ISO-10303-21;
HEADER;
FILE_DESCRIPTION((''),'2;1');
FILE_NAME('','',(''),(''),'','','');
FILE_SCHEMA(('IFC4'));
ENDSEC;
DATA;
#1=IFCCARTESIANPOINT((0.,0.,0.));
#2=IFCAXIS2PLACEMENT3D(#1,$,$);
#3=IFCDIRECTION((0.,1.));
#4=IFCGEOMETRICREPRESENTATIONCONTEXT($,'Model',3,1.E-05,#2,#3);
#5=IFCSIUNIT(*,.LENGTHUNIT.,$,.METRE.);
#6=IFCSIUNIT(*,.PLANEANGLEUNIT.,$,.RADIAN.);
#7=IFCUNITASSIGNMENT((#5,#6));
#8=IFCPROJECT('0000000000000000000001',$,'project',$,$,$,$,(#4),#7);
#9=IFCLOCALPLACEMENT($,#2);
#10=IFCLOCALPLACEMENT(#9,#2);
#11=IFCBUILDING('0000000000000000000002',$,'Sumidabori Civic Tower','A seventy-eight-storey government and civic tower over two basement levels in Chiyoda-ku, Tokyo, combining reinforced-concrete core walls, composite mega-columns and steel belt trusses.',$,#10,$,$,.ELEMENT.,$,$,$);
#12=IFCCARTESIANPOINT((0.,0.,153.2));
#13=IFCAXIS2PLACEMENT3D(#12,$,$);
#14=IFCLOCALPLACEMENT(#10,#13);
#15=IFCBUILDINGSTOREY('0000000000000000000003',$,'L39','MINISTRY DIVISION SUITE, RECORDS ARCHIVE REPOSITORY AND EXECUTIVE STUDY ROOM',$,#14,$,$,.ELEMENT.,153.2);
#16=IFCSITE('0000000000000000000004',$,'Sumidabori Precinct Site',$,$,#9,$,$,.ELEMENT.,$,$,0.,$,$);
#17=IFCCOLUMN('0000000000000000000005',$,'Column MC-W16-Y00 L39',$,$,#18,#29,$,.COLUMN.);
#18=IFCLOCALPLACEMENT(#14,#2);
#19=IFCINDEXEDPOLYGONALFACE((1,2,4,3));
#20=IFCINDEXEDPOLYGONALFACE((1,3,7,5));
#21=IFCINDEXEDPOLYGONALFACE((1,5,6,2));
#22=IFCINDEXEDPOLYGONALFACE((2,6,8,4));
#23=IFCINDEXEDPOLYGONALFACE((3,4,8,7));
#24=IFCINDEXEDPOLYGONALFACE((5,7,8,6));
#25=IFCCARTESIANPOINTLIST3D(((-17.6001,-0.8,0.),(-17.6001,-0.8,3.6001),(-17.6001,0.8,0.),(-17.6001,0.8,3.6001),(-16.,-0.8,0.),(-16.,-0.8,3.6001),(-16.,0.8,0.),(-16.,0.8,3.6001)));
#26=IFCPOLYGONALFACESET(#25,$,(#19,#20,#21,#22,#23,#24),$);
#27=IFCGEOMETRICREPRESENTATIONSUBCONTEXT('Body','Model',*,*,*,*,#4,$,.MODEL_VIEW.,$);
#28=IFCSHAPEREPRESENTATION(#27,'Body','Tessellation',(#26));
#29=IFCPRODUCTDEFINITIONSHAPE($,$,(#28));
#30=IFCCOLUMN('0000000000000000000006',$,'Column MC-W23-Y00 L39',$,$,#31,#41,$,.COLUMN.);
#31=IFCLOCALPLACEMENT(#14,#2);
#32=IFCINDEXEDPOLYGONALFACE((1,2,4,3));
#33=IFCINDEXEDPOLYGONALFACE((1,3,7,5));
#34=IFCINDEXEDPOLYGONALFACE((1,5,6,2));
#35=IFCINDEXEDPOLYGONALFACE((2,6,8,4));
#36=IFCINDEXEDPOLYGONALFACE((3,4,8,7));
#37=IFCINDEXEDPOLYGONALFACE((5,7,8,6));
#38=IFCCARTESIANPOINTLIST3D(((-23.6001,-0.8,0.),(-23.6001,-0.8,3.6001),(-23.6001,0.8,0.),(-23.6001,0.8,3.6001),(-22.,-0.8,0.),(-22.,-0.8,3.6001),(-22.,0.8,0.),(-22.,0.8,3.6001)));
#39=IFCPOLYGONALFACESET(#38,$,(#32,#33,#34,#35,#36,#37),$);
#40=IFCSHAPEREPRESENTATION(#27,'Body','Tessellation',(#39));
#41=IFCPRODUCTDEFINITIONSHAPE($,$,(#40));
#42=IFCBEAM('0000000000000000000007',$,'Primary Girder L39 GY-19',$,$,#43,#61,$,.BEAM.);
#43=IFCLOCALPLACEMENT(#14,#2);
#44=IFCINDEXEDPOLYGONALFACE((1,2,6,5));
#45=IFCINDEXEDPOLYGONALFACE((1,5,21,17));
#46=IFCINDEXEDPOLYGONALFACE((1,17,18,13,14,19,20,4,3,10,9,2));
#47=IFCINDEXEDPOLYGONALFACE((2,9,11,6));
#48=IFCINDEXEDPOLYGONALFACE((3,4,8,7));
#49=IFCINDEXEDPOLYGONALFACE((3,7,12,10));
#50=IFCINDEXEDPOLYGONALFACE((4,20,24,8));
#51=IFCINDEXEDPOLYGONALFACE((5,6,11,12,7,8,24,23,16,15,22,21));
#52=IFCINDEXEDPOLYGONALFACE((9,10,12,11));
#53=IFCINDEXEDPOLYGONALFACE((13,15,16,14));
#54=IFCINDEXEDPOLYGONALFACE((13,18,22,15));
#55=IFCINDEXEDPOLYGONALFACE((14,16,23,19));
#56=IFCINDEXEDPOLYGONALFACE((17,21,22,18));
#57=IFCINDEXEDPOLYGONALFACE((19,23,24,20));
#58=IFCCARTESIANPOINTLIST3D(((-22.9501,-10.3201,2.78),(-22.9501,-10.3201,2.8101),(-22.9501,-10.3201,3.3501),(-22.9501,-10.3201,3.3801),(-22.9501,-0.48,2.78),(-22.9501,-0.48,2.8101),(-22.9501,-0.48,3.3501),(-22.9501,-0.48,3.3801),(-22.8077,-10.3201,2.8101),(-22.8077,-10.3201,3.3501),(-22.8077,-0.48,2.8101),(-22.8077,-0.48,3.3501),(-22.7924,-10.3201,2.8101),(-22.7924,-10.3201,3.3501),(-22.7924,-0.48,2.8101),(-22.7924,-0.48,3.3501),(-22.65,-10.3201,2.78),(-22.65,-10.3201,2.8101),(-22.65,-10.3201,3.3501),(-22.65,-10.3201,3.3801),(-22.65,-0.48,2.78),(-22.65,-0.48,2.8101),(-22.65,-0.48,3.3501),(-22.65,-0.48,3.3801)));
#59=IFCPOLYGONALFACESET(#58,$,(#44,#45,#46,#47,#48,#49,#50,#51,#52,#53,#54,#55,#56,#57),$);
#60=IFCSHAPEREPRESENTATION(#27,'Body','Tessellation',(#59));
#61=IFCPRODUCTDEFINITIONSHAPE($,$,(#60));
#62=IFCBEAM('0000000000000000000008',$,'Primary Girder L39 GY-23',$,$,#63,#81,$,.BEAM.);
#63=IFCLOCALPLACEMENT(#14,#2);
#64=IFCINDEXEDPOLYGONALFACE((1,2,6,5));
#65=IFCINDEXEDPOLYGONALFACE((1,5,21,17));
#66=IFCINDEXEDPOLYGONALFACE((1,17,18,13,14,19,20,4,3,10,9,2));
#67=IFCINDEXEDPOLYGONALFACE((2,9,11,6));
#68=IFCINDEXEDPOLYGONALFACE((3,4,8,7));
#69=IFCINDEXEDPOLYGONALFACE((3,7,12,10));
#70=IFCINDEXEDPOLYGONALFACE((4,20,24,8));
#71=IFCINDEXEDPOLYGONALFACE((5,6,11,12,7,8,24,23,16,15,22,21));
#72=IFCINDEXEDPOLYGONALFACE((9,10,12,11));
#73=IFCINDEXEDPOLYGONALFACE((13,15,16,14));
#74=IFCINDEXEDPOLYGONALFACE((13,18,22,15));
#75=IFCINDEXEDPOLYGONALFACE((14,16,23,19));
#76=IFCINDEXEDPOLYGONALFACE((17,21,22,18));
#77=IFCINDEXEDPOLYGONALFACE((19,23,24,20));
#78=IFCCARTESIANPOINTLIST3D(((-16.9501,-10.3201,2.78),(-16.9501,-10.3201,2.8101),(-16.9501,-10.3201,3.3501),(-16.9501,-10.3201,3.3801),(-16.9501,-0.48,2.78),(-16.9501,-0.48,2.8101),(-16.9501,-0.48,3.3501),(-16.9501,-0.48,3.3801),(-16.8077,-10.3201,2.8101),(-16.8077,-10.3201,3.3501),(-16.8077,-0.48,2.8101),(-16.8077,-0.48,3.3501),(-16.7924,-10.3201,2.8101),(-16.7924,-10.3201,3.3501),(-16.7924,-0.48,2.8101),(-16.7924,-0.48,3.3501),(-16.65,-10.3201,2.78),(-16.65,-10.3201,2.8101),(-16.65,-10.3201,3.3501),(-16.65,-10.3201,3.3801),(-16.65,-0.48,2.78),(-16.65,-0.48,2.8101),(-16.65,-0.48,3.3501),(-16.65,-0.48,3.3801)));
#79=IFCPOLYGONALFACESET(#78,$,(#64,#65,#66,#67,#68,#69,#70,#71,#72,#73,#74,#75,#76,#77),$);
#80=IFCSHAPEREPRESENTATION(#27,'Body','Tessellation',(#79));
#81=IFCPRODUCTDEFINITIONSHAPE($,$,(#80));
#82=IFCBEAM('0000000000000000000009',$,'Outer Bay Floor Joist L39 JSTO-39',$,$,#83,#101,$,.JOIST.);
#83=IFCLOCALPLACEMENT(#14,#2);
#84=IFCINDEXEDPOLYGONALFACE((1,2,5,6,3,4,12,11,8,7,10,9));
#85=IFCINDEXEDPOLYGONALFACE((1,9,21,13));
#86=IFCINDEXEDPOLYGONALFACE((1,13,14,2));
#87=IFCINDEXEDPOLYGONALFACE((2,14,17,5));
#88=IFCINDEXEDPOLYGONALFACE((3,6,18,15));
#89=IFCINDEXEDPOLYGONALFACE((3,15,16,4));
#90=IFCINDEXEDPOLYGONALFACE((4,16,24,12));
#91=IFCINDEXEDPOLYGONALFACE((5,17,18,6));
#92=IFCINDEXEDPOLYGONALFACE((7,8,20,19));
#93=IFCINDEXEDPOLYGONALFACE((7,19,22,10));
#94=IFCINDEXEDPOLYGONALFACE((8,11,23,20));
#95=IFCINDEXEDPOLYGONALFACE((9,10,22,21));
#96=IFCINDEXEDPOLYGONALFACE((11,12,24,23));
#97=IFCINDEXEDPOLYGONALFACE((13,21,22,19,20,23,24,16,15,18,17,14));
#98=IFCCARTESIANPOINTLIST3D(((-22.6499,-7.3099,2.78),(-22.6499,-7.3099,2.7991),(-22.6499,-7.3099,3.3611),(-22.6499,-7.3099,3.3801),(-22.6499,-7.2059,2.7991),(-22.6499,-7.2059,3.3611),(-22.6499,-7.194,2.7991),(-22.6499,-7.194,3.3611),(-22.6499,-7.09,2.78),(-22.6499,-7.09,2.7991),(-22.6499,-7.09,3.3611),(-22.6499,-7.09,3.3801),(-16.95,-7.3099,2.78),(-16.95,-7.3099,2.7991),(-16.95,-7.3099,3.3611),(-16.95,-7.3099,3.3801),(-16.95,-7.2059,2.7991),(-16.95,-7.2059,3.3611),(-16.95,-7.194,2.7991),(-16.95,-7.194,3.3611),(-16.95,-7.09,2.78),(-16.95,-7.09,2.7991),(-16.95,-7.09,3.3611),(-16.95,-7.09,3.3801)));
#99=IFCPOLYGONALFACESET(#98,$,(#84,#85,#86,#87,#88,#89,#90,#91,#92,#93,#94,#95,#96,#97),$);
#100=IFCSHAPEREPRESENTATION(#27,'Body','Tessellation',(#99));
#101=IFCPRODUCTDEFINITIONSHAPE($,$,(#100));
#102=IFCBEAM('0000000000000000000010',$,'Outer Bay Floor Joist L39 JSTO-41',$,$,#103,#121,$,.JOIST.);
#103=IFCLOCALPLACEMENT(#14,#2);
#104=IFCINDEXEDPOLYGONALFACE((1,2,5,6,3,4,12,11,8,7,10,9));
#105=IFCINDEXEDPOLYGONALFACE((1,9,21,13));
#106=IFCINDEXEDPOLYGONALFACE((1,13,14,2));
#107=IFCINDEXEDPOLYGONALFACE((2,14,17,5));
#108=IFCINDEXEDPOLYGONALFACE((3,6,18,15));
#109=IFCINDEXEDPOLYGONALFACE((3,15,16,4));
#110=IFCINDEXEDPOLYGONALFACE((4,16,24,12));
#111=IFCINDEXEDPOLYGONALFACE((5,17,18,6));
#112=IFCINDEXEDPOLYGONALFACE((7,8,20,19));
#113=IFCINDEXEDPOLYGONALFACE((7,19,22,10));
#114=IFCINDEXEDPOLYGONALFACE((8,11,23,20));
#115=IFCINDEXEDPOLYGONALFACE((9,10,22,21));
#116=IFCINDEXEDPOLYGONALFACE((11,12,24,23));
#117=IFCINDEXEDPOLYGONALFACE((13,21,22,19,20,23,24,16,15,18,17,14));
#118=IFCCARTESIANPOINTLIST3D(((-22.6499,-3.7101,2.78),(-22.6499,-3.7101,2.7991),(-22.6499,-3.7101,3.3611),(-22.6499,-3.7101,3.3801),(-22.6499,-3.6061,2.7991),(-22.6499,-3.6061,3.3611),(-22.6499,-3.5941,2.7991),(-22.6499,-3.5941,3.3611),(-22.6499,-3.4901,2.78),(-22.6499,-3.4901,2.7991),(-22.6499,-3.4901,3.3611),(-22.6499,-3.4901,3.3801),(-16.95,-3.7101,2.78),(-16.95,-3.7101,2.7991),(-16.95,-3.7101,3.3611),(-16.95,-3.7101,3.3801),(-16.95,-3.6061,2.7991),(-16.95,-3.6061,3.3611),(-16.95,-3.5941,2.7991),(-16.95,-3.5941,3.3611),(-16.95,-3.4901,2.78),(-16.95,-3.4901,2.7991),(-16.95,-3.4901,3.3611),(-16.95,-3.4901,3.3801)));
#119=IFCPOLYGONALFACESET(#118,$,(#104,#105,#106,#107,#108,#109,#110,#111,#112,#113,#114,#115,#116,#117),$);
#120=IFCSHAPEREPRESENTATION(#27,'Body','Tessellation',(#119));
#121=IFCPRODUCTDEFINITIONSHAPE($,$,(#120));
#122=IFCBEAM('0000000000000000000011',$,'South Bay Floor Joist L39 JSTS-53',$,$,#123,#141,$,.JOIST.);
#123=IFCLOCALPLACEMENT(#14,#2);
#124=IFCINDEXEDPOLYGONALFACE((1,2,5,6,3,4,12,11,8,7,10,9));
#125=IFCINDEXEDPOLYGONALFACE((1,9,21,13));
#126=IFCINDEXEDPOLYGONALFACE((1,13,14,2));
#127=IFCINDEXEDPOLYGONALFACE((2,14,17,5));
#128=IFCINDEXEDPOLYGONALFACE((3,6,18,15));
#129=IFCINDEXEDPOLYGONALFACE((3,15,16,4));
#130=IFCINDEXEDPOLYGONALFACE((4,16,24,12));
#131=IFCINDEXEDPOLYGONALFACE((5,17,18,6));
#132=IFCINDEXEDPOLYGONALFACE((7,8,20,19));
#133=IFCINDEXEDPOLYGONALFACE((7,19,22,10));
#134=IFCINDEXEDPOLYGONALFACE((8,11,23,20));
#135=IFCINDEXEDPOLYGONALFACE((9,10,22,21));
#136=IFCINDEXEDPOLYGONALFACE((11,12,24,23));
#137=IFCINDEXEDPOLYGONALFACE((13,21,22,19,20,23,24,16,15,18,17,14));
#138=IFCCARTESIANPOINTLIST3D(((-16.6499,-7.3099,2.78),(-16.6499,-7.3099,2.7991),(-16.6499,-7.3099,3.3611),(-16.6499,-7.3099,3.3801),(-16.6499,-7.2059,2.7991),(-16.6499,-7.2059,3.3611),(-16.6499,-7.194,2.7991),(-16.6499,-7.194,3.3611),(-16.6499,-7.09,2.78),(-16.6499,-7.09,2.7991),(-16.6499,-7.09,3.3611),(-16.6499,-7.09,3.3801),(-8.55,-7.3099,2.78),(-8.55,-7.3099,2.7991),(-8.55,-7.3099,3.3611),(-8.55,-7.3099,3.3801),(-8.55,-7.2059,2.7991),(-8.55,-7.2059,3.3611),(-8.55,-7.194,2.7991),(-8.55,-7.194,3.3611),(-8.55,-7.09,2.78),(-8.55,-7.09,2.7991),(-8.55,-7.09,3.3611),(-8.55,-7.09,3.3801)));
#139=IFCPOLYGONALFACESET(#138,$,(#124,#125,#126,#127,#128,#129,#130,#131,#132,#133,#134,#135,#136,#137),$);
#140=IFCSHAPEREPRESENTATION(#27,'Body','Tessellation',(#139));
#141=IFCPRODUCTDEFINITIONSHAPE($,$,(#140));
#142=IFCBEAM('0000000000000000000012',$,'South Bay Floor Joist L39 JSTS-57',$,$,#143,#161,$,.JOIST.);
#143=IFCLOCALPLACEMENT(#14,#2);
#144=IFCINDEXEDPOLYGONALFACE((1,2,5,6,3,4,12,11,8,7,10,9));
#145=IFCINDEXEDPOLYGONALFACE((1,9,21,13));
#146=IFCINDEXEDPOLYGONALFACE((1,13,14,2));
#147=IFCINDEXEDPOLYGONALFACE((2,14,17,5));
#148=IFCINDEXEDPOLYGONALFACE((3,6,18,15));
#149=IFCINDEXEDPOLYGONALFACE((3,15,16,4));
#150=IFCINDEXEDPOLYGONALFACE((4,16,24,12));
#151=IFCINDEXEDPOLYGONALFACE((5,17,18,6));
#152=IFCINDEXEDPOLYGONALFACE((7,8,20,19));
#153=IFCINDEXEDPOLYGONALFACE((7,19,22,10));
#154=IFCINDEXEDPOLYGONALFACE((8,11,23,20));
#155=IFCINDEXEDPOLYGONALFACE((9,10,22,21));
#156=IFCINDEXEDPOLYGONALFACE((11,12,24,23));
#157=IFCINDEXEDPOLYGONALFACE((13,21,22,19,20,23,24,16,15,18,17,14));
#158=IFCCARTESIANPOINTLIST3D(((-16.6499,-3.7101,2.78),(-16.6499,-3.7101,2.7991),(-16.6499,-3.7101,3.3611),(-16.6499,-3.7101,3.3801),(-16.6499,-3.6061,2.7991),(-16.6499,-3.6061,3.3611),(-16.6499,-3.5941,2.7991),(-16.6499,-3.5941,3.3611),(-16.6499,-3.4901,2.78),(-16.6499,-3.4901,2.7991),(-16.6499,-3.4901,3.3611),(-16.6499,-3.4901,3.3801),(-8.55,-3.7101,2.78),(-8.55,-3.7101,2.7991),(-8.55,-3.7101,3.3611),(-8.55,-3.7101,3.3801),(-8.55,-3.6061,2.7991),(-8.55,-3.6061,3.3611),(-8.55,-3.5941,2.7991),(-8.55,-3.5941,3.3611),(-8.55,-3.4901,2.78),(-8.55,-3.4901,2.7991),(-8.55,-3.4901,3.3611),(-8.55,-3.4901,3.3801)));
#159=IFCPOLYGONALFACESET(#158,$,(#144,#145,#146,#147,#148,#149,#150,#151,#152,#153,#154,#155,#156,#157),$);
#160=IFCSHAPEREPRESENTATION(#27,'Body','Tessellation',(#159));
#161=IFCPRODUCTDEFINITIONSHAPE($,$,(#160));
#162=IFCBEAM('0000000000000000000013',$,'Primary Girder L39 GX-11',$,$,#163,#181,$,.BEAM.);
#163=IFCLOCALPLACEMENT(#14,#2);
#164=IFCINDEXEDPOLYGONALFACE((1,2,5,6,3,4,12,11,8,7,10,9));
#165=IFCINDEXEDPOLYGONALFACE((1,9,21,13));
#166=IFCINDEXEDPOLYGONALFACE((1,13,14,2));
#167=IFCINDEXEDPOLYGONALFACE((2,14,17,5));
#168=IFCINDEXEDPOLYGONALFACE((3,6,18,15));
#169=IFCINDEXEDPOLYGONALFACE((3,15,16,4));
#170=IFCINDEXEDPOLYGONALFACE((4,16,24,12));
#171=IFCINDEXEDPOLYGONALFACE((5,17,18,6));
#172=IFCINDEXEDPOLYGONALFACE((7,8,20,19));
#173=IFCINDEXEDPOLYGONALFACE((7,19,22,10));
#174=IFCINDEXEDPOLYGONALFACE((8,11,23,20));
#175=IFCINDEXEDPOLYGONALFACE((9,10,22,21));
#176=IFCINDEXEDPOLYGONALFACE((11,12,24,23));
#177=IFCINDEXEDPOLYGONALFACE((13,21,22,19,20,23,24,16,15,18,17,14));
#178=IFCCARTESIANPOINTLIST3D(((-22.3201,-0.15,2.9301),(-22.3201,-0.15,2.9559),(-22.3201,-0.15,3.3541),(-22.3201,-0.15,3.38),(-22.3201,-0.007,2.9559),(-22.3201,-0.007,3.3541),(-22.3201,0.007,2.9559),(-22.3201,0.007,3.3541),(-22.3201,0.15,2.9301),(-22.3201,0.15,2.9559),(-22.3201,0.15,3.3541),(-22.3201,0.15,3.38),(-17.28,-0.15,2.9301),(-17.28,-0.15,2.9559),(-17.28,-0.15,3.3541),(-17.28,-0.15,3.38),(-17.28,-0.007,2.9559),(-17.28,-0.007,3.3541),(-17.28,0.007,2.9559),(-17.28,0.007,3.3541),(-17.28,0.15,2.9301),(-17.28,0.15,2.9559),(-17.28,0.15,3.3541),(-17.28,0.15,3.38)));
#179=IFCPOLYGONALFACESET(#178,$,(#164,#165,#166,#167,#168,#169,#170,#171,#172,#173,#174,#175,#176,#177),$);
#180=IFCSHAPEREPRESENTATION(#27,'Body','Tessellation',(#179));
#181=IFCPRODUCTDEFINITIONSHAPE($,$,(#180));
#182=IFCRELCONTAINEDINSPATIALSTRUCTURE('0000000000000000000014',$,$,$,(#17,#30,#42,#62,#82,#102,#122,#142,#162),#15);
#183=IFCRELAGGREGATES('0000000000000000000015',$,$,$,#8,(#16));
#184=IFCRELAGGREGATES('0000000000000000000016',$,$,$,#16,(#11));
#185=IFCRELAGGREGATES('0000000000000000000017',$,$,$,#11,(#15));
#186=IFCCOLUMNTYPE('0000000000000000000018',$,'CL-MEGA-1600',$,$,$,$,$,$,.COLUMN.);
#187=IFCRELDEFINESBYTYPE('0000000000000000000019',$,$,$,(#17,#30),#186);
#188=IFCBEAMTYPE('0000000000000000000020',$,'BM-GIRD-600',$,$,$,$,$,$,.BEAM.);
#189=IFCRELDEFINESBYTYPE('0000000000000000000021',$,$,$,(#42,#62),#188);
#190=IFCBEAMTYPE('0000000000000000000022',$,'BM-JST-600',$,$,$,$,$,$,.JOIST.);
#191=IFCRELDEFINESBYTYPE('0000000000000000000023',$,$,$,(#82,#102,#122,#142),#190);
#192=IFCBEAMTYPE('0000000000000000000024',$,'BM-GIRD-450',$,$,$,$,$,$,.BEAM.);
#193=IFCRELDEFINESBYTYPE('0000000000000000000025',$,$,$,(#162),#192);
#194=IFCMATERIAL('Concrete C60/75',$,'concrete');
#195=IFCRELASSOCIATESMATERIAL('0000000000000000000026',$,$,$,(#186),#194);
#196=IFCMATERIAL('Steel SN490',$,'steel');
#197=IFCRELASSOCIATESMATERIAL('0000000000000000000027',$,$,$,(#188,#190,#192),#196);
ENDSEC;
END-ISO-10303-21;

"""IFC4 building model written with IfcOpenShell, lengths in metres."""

from ifc_helpers import new_model, si_unit, direction, frame, origin, origin_2d, place, context, subcontext, project, spatial, rectangle, i_section, extrude, source, transform, mapped, material, material_profile, profile_set, type_object, element, save


model = new_model("IFC4")

# Units and contexts
model_context = context("Model", 3, precision=1e-05, world=origin(), true_north=direction((0.0, 1.0)))
body_context = subcontext(model_context, "Body", "Model", "MODEL_VIEW")
ifc_project = project(units=[si_unit("LENGTHUNIT", "METRE"), si_unit("PLANEANGLEUNIT", "RADIAN")], contexts=[model_context])

# Site, building, storey
site_placement = place(None, origin())
site = spatial("IfcSite", under=ifc_project, at=site_placement, Name="Sumidabori Precinct Site", CompositionType="ELEMENT", RefElevation=0.0)
building_placement = place(site_placement, origin())
building = spatial("IfcBuilding", under=site, at=building_placement, Name="Sumidabori Civic Tower", Description="A seventy-eight-storey government and civic tower over two basement levels in Chiyoda-ku, Tokyo, combining reinforced-concrete core walls, composite mega-columns and steel belt trusses.", CompositionType="ELEMENT")
storey_placement = place(building_placement, frame((0.0, 0.0, 153.2)))
storey = spatial("IfcBuildingStorey", under=building, at=storey_placement, Name="L39", Description="MINISTRY DIVISION SUITE, RECORDS ARCHIVE REPOSITORY AND EXECUTIVE STUDY ROOM", CompositionType="ELEMENT", Elevation=153.2)

# Columns
ifc_material_1 = material(Name="Concrete C60/75", Category="concrete")
ifc_material_profile_1 = material_profile(ifc_material_1, rectangle(XDim=1.6001, YDim=1.6001, at=origin_2d()), Name="RC 1600x1600")
ifc_profile_set_1 = profile_set([ifc_material_profile_1], Name="Concrete C60/75")
column_type = type_object("IfcColumnType", Name="CL-MEGA-1600", PredefinedType="COLUMN", material=ifc_profile_set_1)
shared_shape_1 = source(origin(), body_context, "Body", "SweptSolid", [
    extrude(rectangle(XDim=1.6001, YDim=1.6001, at=origin_2d()), origin(), (0.0, 0.0, 1.0), 3.6001),
])
for number, where, z_axis, x_axis, name in (
    (1, (-16.8, 0.0, 0.0), (0.0, 0.0, 1.0), (1.0, 0.0, 0.0), "Column MC-W16-Y00 L39"),
    (2, (-22.8, 0.0, 0.0), (0.0, 0.0, 1.0), (1.0, 0.0, 0.0), "Column MC-W23-Y00 L39"),
):
    element("IfcColumn", number, at=place(storey_placement, frame(where, z_axis=z_axis, x_axis=x_axis)), inside=storey, type_object=column_type, Name=name, PredefinedType="COLUMN", context=body_context, shape_type="MappedRepresentation", body=[
        mapped(shared_shape_1, transform((0.0, 0.0, 0.0), x_axis=(1.0, 0.0, 0.0), y_axis=(0.0, 1.0, 0.0), z_axis=(0.0, 0.0, 1.0), scale=1.0)),
    ])

# Beams
ifc_material_2 = material(Name="Steel SN490", Category="steel")
ifc_material_profile_2 = material_profile(ifc_material_2, i_section(OverallWidth=0.3, OverallDepth=0.6001, WebThickness=0.0154, FlangeThickness=0.03, at=origin_2d()), Name="HE 600 B")
ifc_profile_set_2 = profile_set([ifc_material_profile_2], Name="Steel SN490")
beam_type_1 = type_object("IfcBeamType", Name="BM-GIRD-600", PredefinedType="BEAM", material=ifc_profile_set_2)
shared_shape_2 = source(origin(), body_context, "Body", "SweptSolid", [
    extrude(i_section(OverallWidth=0.3, OverallDepth=0.6001, WebThickness=0.0154, FlangeThickness=0.03, at=origin_2d()), origin(), (0.0, 0.0, 1.0), 9.8401),
])
for number, where, z_axis, x_axis, name in (
    (3, (-22.8, -10.3201, 3.0801), (0.0, 1.0, 0.0), (-1.0, 0.0, 0.0), "Primary Girder L39 GY-19"),
    (4, (-16.8, -10.3201, 3.0801), (0.0, 1.0, 0.0), (-1.0, 0.0, 0.0), "Primary Girder L39 GY-23"),
):
    element("IfcBeam", number, at=place(storey_placement, frame(where, z_axis=z_axis, x_axis=x_axis)), inside=storey, type_object=beam_type_1, Name=name, PredefinedType="BEAM", context=body_context, shape_type="MappedRepresentation", body=[
        mapped(shared_shape_2, transform((0.0, 0.0, 0.0), x_axis=(1.0, 0.0, 0.0), y_axis=(0.0, 1.0, 0.0), z_axis=(0.0, 0.0, 1.0), scale=1.0)),
    ])
ifc_material_profile_3 = material_profile(ifc_material_2, i_section(OverallWidth=0.22, OverallDepth=0.6001, WebThickness=0.012, FlangeThickness=0.019, at=origin_2d()), Name="IPE 600")
ifc_profile_set_3 = profile_set([ifc_material_profile_3], Name="Steel SN490")
beam_type_2 = type_object("IfcBeamType", Name="BM-JST-600", PredefinedType="JOIST", material=ifc_profile_set_3)
shared_shape_3 = source(origin(), body_context, "Body", "SweptSolid", [
    extrude(i_section(OverallWidth=0.22, OverallDepth=0.6001, WebThickness=0.012, FlangeThickness=0.019, at=origin_2d()), origin(), (0.0, 0.0, 1.0), 5.7),
])
for number, where, z_axis, x_axis, name in (
    (5, (-22.6499, -7.2, 3.0801), (1.0, 0.0, 0.0), (0.0, 1.0, 0.0), "Outer Bay Floor Joist L39 JSTO-39"),
    (6, (-22.6499, -3.6001, 3.0801), (1.0, 0.0, 0.0), (0.0, 1.0, 0.0), "Outer Bay Floor Joist L39 JSTO-41"),
):
    element("IfcBeam", number, at=place(storey_placement, frame(where, z_axis=z_axis, x_axis=x_axis)), inside=storey, type_object=beam_type_2, Name=name, PredefinedType="JOIST", context=body_context, shape_type="MappedRepresentation", body=[
        mapped(shared_shape_3, transform((0.0, 0.0, 0.0), x_axis=(1.0, 0.0, 0.0), y_axis=(0.0, 1.0, 0.0), z_axis=(0.0, 0.0, 1.0), scale=1.0)),
    ])
shared_shape_4 = source(origin(), body_context, "Body", "SweptSolid", [
    extrude(i_section(OverallWidth=0.22, OverallDepth=0.6001, WebThickness=0.012, FlangeThickness=0.019, at=origin_2d()), origin(), (0.0, 0.0, 1.0), 8.0999),
])
for number, where, z_axis, x_axis, name in (
    (7, (-16.6499, -7.2, 3.0801), (1.0, 0.0, 0.0), (0.0, 1.0, 0.0), "South Bay Floor Joist L39 JSTS-53"),
    (8, (-16.6499, -3.6001, 3.0801), (1.0, 0.0, 0.0), (0.0, 1.0, 0.0), "South Bay Floor Joist L39 JSTS-57"),
):
    element("IfcBeam", number, at=place(storey_placement, frame(where, z_axis=z_axis, x_axis=x_axis)), inside=storey, type_object=beam_type_2, Name=name, PredefinedType="JOIST", context=body_context, shape_type="MappedRepresentation", body=[
        mapped(shared_shape_4, transform((0.0, 0.0, 0.0), x_axis=(1.0, 0.0, 0.0), y_axis=(0.0, 1.0, 0.0), z_axis=(0.0, 0.0, 1.0), scale=1.0)),
    ])
ifc_material_profile_4 = material_profile(ifc_material_2, i_section(OverallWidth=0.3, OverallDepth=0.45, WebThickness=0.0139, FlangeThickness=0.0259, at=origin_2d()), Name="HE 450 B")
ifc_profile_set_4 = profile_set([ifc_material_profile_4], Name="Steel SN490")
beam_type_3 = type_object("IfcBeamType", Name="BM-GIRD-450", PredefinedType="BEAM", material=ifc_profile_set_4)
shared_shape_5 = source(origin(), body_context, "Body", "SweptSolid", [
    extrude(i_section(OverallWidth=0.3, OverallDepth=0.45, WebThickness=0.0139, FlangeThickness=0.0259, at=origin_2d()), origin(), (0.0, 0.0, 1.0), 5.04),
])
beam_placement = place(storey_placement, frame((-22.3201, 0.0, 3.155), z_axis=(1.0, 0.0, 0.0), x_axis=(0.0, 1.0, 0.0)))
element("IfcBeam", 9, at=beam_placement, inside=storey, type_object=beam_type_3, Name="Primary Girder L39 GX-11", PredefinedType="BEAM", context=body_context, shape_type="MappedRepresentation", body=[
    mapped(shared_shape_5, transform((0.0, 0.0, 0.0), x_axis=(1.0, 0.0, 0.0), y_axis=(0.0, 1.0, 0.0), z_axis=(0.0, 0.0, 1.0), scale=1.0)),
])

save(model, "model.ifc")
